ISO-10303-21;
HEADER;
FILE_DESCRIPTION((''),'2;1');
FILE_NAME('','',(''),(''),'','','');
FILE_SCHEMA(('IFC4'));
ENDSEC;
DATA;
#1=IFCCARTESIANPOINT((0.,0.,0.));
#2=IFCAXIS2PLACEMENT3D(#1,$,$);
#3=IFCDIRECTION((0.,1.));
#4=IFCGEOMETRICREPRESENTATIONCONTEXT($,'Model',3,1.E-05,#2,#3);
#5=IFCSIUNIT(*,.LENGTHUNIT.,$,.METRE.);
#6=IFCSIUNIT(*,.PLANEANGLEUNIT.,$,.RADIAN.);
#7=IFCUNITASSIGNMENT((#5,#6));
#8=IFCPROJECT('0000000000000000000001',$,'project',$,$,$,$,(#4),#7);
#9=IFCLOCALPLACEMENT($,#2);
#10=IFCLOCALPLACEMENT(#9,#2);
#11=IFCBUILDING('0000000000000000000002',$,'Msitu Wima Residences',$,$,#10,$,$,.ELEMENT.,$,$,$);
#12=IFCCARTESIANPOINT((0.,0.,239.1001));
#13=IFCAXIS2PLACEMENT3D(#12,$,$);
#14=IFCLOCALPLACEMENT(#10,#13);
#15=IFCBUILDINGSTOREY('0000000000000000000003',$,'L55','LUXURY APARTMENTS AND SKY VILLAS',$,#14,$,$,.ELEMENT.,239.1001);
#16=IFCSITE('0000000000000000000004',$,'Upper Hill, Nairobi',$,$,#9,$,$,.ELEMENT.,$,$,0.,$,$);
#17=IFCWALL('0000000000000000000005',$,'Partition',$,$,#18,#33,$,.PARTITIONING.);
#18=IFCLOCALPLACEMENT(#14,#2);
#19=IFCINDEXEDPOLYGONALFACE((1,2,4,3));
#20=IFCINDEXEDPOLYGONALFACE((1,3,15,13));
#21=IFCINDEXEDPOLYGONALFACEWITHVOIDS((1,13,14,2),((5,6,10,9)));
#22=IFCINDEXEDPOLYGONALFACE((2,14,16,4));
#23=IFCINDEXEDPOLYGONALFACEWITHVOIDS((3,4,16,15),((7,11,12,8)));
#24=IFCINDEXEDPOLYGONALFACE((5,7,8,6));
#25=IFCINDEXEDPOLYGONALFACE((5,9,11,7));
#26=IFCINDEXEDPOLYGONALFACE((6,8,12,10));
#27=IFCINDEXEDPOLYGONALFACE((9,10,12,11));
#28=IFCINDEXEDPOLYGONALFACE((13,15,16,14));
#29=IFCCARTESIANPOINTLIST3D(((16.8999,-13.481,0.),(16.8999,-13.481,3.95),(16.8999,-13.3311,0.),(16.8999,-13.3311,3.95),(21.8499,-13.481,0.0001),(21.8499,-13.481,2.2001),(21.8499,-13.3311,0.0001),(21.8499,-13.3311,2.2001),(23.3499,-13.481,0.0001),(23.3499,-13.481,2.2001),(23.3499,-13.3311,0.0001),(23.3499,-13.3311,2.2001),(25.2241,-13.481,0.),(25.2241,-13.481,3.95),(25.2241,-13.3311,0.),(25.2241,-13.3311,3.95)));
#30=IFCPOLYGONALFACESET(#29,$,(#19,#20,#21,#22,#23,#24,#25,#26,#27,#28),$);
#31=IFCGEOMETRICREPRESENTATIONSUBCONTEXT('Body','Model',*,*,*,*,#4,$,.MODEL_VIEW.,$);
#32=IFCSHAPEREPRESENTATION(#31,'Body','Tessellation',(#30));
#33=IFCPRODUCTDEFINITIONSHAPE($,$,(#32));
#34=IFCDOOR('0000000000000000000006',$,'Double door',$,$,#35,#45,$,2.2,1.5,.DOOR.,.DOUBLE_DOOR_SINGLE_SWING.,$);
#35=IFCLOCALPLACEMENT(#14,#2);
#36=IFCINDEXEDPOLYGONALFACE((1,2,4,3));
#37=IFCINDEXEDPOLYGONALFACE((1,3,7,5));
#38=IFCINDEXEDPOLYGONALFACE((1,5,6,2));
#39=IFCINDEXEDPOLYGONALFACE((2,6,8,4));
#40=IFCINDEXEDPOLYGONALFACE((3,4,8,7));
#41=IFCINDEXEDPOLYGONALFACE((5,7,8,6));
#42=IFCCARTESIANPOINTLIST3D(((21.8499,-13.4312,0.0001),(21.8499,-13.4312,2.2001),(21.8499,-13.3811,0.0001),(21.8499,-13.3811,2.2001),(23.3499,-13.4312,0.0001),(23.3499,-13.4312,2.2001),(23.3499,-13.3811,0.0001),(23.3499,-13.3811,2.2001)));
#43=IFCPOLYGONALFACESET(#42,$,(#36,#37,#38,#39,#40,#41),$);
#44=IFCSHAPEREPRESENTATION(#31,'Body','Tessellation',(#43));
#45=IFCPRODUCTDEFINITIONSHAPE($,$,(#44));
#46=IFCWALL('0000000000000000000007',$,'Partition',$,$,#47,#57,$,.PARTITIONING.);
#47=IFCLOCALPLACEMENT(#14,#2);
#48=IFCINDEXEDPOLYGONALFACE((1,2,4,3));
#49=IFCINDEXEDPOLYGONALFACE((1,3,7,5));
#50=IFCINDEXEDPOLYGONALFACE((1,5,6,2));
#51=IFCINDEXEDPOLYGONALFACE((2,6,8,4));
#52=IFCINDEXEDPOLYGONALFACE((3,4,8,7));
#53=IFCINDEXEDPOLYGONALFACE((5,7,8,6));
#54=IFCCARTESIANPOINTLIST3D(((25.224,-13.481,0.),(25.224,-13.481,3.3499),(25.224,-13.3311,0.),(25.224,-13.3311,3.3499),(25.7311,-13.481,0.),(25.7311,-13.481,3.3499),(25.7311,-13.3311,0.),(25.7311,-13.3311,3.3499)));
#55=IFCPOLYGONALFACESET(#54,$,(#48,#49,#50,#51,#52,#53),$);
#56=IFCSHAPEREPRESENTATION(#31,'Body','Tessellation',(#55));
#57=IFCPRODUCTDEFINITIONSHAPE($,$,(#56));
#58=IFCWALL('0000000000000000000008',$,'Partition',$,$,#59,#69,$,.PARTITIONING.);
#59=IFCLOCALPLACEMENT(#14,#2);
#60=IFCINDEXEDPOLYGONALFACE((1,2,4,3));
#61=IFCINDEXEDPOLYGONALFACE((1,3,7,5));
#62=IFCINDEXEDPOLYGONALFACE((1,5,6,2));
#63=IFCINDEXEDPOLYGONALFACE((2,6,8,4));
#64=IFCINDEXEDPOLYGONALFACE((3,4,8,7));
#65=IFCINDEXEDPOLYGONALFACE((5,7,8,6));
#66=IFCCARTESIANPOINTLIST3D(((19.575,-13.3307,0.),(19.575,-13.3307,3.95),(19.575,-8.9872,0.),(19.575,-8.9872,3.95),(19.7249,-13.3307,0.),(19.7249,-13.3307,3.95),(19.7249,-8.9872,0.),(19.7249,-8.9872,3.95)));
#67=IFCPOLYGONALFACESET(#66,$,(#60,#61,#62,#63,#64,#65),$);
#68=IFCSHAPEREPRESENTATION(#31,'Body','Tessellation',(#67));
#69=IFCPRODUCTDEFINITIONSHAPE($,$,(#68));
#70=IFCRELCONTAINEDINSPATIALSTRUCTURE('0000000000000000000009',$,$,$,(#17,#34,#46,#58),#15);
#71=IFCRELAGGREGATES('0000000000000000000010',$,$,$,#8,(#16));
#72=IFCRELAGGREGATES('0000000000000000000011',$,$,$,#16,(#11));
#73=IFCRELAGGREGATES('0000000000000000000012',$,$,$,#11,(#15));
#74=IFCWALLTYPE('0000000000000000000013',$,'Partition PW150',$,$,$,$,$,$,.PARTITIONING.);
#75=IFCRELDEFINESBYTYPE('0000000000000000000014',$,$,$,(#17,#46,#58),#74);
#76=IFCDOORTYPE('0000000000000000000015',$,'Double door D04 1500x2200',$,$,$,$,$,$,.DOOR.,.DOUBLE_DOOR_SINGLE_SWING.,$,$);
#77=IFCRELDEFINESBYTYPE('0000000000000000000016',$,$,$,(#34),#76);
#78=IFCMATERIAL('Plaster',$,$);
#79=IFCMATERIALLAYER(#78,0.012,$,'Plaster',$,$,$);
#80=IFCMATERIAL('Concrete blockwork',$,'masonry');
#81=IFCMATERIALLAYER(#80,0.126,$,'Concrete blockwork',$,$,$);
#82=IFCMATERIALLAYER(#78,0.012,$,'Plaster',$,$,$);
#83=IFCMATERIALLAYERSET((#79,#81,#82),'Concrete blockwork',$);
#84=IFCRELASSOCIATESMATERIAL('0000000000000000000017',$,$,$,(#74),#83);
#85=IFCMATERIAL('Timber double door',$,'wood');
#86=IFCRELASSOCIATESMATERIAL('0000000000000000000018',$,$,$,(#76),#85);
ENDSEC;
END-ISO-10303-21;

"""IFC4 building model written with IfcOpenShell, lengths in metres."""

from ifc_helpers import new_model, si_unit, direction, frame, frame_2d, origin, place, context, subcontext, project, spatial, rectangle, extrude, material, layer, layer_set, type_object, element, fill, save


model = new_model("IFC4")

# Units and contexts
model_context = context("Model", 3, precision=1e-05, world=origin(), true_north=direction((0.0, 1.0)))
body_context = subcontext(model_context, "Body", "Model", "MODEL_VIEW")
ifc_project = project(units=[si_unit("LENGTHUNIT", "METRE"), si_unit("PLANEANGLEUNIT", "RADIAN")], contexts=[model_context])

# Site, building, storey
site_placement = place(None, origin())
site = spatial("IfcSite", under=ifc_project, at=site_placement, Name="Upper Hill, Nairobi", CompositionType="ELEMENT", RefElevation=0.0)
building_placement = place(site_placement, origin())
building = spatial("IfcBuilding", under=site, at=building_placement, Name="Msitu Wima Residences", CompositionType="ELEMENT")
storey_placement = place(building_placement, frame((0.0, 0.0, 239.1001)))
storey = spatial("IfcBuildingStorey", under=building, at=storey_placement, Name="L55", Description="LUXURY APARTMENTS AND SKY VILLAS", CompositionType="ELEMENT", Elevation=239.1001)

# Shared definitions
ifc_material_1 = material(Name="Plaster")
ifc_material_2 = material(Name="Concrete blockwork", Category="masonry")

# Shared definitions
ifc_layer_1 = layer(ifc_material_1, 0.012, Name="Plaster")
ifc_layer_2 = layer(ifc_material_2, 0.126, Name="Concrete blockwork")
ifc_layer_3 = layer(ifc_material_1, 0.012, Name="Plaster")
ifc_layer_set_1 = layer_set([ifc_layer_1, ifc_layer_2, ifc_layer_3], Name="Concrete blockwork")
wall_type_1 = type_object("IfcWallType", Name="Partition PW150", PredefinedType="PARTITIONING", material=ifc_layer_set_1)

# Wall, opening, door
wall_1_placement = place(storey_placement, frame((16.8999, -13.406, 0.0), z_axis=(0.0, 0.0, 1.0), x_axis=(1.0, 0.0, 0.0)))
wall_1 = element("IfcWall", 1, at=wall_1_placement, inside=storey, type_object=wall_type_1, Name="Partition", PredefinedType="PARTITIONING", context=body_context, shape_type="SweptSolid", body=[
    extrude(rectangle(XDim=8.3242, YDim=0.1499, at=frame_2d((4.1621, 0.0))), origin(), (0.0, 0.0, 1.0), 3.95),
])
opening_1_placement = place(wall_1_placement, frame((4.95, 0.0, 0.0)))
opening_1 = element("IfcOpeningElement", 2, at=opening_1_placement, cuts=wall_1, PredefinedType="OPENING", context=body_context, shape_type="SweptSolid", body=[
    extrude(rectangle(XDim=1.5, YDim=2.2, at=frame_2d((0.75, 1.1001))), frame((0.0, 0.085, 0.0), z_axis=(0.0, -1.0, 0.0), x_axis=(1.0, 0.0, 0.0)), (0.0, 0.0, 1.0), 0.1699),
])
ifc_material_3 = material(Name="Timber double door", Category="wood")
door_type_1 = type_object("IfcDoorType", Name="Double door D04 1500x2200", OperationType="DOUBLE_DOOR_SINGLE_SWING", PredefinedType="DOOR", material=ifc_material_3)
door_1_placement = place(opening_1_placement, origin())
door_1 = element("IfcDoor", 3, at=door_1_placement, inside=storey, type_object=door_type_1, Name="Double door", OperationType="DOUBLE_DOOR_SINGLE_SWING", OverallHeight=2.2, OverallWidth=1.5, PredefinedType="DOOR", context=body_context, shape_type="SweptSolid", body=[
    extrude(rectangle(XDim=1.5, YDim=2.2, at=frame_2d((0.75, 1.1001))), frame((0.0, 0.0249, 0.0), z_axis=(0.0, -1.0, 0.0), x_axis=(1.0, 0.0, 0.0)), (0.0, 0.0, 1.0), 0.05),
])
fill(opening_1, door_1)

# Walls
wall_2_placement = place(storey_placement, frame((25.2241, -13.406, 0.0), z_axis=(0.0, 0.0, 1.0), x_axis=(1.0, 0.0, 0.0)))
element("IfcWall", 4, at=wall_2_placement, inside=storey, type_object=wall_type_1, Name="Partition", PredefinedType="PARTITIONING", context=body_context, shape_type="SweptSolid", body=[
    extrude(rectangle(XDim=0.5071, YDim=0.1499, at=frame_2d((0.2534, 0.0))), origin(), (0.0, 0.0, 1.0), 3.3499),
])
wall_3_placement = place(storey_placement, frame((19.6499, -13.3308, 0.0), z_axis=(0.0, 0.0, 1.0), x_axis=(0.0, 1.0, 0.0)))
element("IfcWall", 5, at=wall_3_placement, inside=storey, type_object=wall_type_1, Name="Partition", PredefinedType="PARTITIONING", context=body_context, shape_type="SweptSolid", body=[
    extrude(rectangle(XDim=4.3435, YDim=0.1499, at=frame_2d((2.1719, 0.0))), origin(), (0.0, 0.0, 1.0), 3.95),
])

save(model, "model.ifc")
